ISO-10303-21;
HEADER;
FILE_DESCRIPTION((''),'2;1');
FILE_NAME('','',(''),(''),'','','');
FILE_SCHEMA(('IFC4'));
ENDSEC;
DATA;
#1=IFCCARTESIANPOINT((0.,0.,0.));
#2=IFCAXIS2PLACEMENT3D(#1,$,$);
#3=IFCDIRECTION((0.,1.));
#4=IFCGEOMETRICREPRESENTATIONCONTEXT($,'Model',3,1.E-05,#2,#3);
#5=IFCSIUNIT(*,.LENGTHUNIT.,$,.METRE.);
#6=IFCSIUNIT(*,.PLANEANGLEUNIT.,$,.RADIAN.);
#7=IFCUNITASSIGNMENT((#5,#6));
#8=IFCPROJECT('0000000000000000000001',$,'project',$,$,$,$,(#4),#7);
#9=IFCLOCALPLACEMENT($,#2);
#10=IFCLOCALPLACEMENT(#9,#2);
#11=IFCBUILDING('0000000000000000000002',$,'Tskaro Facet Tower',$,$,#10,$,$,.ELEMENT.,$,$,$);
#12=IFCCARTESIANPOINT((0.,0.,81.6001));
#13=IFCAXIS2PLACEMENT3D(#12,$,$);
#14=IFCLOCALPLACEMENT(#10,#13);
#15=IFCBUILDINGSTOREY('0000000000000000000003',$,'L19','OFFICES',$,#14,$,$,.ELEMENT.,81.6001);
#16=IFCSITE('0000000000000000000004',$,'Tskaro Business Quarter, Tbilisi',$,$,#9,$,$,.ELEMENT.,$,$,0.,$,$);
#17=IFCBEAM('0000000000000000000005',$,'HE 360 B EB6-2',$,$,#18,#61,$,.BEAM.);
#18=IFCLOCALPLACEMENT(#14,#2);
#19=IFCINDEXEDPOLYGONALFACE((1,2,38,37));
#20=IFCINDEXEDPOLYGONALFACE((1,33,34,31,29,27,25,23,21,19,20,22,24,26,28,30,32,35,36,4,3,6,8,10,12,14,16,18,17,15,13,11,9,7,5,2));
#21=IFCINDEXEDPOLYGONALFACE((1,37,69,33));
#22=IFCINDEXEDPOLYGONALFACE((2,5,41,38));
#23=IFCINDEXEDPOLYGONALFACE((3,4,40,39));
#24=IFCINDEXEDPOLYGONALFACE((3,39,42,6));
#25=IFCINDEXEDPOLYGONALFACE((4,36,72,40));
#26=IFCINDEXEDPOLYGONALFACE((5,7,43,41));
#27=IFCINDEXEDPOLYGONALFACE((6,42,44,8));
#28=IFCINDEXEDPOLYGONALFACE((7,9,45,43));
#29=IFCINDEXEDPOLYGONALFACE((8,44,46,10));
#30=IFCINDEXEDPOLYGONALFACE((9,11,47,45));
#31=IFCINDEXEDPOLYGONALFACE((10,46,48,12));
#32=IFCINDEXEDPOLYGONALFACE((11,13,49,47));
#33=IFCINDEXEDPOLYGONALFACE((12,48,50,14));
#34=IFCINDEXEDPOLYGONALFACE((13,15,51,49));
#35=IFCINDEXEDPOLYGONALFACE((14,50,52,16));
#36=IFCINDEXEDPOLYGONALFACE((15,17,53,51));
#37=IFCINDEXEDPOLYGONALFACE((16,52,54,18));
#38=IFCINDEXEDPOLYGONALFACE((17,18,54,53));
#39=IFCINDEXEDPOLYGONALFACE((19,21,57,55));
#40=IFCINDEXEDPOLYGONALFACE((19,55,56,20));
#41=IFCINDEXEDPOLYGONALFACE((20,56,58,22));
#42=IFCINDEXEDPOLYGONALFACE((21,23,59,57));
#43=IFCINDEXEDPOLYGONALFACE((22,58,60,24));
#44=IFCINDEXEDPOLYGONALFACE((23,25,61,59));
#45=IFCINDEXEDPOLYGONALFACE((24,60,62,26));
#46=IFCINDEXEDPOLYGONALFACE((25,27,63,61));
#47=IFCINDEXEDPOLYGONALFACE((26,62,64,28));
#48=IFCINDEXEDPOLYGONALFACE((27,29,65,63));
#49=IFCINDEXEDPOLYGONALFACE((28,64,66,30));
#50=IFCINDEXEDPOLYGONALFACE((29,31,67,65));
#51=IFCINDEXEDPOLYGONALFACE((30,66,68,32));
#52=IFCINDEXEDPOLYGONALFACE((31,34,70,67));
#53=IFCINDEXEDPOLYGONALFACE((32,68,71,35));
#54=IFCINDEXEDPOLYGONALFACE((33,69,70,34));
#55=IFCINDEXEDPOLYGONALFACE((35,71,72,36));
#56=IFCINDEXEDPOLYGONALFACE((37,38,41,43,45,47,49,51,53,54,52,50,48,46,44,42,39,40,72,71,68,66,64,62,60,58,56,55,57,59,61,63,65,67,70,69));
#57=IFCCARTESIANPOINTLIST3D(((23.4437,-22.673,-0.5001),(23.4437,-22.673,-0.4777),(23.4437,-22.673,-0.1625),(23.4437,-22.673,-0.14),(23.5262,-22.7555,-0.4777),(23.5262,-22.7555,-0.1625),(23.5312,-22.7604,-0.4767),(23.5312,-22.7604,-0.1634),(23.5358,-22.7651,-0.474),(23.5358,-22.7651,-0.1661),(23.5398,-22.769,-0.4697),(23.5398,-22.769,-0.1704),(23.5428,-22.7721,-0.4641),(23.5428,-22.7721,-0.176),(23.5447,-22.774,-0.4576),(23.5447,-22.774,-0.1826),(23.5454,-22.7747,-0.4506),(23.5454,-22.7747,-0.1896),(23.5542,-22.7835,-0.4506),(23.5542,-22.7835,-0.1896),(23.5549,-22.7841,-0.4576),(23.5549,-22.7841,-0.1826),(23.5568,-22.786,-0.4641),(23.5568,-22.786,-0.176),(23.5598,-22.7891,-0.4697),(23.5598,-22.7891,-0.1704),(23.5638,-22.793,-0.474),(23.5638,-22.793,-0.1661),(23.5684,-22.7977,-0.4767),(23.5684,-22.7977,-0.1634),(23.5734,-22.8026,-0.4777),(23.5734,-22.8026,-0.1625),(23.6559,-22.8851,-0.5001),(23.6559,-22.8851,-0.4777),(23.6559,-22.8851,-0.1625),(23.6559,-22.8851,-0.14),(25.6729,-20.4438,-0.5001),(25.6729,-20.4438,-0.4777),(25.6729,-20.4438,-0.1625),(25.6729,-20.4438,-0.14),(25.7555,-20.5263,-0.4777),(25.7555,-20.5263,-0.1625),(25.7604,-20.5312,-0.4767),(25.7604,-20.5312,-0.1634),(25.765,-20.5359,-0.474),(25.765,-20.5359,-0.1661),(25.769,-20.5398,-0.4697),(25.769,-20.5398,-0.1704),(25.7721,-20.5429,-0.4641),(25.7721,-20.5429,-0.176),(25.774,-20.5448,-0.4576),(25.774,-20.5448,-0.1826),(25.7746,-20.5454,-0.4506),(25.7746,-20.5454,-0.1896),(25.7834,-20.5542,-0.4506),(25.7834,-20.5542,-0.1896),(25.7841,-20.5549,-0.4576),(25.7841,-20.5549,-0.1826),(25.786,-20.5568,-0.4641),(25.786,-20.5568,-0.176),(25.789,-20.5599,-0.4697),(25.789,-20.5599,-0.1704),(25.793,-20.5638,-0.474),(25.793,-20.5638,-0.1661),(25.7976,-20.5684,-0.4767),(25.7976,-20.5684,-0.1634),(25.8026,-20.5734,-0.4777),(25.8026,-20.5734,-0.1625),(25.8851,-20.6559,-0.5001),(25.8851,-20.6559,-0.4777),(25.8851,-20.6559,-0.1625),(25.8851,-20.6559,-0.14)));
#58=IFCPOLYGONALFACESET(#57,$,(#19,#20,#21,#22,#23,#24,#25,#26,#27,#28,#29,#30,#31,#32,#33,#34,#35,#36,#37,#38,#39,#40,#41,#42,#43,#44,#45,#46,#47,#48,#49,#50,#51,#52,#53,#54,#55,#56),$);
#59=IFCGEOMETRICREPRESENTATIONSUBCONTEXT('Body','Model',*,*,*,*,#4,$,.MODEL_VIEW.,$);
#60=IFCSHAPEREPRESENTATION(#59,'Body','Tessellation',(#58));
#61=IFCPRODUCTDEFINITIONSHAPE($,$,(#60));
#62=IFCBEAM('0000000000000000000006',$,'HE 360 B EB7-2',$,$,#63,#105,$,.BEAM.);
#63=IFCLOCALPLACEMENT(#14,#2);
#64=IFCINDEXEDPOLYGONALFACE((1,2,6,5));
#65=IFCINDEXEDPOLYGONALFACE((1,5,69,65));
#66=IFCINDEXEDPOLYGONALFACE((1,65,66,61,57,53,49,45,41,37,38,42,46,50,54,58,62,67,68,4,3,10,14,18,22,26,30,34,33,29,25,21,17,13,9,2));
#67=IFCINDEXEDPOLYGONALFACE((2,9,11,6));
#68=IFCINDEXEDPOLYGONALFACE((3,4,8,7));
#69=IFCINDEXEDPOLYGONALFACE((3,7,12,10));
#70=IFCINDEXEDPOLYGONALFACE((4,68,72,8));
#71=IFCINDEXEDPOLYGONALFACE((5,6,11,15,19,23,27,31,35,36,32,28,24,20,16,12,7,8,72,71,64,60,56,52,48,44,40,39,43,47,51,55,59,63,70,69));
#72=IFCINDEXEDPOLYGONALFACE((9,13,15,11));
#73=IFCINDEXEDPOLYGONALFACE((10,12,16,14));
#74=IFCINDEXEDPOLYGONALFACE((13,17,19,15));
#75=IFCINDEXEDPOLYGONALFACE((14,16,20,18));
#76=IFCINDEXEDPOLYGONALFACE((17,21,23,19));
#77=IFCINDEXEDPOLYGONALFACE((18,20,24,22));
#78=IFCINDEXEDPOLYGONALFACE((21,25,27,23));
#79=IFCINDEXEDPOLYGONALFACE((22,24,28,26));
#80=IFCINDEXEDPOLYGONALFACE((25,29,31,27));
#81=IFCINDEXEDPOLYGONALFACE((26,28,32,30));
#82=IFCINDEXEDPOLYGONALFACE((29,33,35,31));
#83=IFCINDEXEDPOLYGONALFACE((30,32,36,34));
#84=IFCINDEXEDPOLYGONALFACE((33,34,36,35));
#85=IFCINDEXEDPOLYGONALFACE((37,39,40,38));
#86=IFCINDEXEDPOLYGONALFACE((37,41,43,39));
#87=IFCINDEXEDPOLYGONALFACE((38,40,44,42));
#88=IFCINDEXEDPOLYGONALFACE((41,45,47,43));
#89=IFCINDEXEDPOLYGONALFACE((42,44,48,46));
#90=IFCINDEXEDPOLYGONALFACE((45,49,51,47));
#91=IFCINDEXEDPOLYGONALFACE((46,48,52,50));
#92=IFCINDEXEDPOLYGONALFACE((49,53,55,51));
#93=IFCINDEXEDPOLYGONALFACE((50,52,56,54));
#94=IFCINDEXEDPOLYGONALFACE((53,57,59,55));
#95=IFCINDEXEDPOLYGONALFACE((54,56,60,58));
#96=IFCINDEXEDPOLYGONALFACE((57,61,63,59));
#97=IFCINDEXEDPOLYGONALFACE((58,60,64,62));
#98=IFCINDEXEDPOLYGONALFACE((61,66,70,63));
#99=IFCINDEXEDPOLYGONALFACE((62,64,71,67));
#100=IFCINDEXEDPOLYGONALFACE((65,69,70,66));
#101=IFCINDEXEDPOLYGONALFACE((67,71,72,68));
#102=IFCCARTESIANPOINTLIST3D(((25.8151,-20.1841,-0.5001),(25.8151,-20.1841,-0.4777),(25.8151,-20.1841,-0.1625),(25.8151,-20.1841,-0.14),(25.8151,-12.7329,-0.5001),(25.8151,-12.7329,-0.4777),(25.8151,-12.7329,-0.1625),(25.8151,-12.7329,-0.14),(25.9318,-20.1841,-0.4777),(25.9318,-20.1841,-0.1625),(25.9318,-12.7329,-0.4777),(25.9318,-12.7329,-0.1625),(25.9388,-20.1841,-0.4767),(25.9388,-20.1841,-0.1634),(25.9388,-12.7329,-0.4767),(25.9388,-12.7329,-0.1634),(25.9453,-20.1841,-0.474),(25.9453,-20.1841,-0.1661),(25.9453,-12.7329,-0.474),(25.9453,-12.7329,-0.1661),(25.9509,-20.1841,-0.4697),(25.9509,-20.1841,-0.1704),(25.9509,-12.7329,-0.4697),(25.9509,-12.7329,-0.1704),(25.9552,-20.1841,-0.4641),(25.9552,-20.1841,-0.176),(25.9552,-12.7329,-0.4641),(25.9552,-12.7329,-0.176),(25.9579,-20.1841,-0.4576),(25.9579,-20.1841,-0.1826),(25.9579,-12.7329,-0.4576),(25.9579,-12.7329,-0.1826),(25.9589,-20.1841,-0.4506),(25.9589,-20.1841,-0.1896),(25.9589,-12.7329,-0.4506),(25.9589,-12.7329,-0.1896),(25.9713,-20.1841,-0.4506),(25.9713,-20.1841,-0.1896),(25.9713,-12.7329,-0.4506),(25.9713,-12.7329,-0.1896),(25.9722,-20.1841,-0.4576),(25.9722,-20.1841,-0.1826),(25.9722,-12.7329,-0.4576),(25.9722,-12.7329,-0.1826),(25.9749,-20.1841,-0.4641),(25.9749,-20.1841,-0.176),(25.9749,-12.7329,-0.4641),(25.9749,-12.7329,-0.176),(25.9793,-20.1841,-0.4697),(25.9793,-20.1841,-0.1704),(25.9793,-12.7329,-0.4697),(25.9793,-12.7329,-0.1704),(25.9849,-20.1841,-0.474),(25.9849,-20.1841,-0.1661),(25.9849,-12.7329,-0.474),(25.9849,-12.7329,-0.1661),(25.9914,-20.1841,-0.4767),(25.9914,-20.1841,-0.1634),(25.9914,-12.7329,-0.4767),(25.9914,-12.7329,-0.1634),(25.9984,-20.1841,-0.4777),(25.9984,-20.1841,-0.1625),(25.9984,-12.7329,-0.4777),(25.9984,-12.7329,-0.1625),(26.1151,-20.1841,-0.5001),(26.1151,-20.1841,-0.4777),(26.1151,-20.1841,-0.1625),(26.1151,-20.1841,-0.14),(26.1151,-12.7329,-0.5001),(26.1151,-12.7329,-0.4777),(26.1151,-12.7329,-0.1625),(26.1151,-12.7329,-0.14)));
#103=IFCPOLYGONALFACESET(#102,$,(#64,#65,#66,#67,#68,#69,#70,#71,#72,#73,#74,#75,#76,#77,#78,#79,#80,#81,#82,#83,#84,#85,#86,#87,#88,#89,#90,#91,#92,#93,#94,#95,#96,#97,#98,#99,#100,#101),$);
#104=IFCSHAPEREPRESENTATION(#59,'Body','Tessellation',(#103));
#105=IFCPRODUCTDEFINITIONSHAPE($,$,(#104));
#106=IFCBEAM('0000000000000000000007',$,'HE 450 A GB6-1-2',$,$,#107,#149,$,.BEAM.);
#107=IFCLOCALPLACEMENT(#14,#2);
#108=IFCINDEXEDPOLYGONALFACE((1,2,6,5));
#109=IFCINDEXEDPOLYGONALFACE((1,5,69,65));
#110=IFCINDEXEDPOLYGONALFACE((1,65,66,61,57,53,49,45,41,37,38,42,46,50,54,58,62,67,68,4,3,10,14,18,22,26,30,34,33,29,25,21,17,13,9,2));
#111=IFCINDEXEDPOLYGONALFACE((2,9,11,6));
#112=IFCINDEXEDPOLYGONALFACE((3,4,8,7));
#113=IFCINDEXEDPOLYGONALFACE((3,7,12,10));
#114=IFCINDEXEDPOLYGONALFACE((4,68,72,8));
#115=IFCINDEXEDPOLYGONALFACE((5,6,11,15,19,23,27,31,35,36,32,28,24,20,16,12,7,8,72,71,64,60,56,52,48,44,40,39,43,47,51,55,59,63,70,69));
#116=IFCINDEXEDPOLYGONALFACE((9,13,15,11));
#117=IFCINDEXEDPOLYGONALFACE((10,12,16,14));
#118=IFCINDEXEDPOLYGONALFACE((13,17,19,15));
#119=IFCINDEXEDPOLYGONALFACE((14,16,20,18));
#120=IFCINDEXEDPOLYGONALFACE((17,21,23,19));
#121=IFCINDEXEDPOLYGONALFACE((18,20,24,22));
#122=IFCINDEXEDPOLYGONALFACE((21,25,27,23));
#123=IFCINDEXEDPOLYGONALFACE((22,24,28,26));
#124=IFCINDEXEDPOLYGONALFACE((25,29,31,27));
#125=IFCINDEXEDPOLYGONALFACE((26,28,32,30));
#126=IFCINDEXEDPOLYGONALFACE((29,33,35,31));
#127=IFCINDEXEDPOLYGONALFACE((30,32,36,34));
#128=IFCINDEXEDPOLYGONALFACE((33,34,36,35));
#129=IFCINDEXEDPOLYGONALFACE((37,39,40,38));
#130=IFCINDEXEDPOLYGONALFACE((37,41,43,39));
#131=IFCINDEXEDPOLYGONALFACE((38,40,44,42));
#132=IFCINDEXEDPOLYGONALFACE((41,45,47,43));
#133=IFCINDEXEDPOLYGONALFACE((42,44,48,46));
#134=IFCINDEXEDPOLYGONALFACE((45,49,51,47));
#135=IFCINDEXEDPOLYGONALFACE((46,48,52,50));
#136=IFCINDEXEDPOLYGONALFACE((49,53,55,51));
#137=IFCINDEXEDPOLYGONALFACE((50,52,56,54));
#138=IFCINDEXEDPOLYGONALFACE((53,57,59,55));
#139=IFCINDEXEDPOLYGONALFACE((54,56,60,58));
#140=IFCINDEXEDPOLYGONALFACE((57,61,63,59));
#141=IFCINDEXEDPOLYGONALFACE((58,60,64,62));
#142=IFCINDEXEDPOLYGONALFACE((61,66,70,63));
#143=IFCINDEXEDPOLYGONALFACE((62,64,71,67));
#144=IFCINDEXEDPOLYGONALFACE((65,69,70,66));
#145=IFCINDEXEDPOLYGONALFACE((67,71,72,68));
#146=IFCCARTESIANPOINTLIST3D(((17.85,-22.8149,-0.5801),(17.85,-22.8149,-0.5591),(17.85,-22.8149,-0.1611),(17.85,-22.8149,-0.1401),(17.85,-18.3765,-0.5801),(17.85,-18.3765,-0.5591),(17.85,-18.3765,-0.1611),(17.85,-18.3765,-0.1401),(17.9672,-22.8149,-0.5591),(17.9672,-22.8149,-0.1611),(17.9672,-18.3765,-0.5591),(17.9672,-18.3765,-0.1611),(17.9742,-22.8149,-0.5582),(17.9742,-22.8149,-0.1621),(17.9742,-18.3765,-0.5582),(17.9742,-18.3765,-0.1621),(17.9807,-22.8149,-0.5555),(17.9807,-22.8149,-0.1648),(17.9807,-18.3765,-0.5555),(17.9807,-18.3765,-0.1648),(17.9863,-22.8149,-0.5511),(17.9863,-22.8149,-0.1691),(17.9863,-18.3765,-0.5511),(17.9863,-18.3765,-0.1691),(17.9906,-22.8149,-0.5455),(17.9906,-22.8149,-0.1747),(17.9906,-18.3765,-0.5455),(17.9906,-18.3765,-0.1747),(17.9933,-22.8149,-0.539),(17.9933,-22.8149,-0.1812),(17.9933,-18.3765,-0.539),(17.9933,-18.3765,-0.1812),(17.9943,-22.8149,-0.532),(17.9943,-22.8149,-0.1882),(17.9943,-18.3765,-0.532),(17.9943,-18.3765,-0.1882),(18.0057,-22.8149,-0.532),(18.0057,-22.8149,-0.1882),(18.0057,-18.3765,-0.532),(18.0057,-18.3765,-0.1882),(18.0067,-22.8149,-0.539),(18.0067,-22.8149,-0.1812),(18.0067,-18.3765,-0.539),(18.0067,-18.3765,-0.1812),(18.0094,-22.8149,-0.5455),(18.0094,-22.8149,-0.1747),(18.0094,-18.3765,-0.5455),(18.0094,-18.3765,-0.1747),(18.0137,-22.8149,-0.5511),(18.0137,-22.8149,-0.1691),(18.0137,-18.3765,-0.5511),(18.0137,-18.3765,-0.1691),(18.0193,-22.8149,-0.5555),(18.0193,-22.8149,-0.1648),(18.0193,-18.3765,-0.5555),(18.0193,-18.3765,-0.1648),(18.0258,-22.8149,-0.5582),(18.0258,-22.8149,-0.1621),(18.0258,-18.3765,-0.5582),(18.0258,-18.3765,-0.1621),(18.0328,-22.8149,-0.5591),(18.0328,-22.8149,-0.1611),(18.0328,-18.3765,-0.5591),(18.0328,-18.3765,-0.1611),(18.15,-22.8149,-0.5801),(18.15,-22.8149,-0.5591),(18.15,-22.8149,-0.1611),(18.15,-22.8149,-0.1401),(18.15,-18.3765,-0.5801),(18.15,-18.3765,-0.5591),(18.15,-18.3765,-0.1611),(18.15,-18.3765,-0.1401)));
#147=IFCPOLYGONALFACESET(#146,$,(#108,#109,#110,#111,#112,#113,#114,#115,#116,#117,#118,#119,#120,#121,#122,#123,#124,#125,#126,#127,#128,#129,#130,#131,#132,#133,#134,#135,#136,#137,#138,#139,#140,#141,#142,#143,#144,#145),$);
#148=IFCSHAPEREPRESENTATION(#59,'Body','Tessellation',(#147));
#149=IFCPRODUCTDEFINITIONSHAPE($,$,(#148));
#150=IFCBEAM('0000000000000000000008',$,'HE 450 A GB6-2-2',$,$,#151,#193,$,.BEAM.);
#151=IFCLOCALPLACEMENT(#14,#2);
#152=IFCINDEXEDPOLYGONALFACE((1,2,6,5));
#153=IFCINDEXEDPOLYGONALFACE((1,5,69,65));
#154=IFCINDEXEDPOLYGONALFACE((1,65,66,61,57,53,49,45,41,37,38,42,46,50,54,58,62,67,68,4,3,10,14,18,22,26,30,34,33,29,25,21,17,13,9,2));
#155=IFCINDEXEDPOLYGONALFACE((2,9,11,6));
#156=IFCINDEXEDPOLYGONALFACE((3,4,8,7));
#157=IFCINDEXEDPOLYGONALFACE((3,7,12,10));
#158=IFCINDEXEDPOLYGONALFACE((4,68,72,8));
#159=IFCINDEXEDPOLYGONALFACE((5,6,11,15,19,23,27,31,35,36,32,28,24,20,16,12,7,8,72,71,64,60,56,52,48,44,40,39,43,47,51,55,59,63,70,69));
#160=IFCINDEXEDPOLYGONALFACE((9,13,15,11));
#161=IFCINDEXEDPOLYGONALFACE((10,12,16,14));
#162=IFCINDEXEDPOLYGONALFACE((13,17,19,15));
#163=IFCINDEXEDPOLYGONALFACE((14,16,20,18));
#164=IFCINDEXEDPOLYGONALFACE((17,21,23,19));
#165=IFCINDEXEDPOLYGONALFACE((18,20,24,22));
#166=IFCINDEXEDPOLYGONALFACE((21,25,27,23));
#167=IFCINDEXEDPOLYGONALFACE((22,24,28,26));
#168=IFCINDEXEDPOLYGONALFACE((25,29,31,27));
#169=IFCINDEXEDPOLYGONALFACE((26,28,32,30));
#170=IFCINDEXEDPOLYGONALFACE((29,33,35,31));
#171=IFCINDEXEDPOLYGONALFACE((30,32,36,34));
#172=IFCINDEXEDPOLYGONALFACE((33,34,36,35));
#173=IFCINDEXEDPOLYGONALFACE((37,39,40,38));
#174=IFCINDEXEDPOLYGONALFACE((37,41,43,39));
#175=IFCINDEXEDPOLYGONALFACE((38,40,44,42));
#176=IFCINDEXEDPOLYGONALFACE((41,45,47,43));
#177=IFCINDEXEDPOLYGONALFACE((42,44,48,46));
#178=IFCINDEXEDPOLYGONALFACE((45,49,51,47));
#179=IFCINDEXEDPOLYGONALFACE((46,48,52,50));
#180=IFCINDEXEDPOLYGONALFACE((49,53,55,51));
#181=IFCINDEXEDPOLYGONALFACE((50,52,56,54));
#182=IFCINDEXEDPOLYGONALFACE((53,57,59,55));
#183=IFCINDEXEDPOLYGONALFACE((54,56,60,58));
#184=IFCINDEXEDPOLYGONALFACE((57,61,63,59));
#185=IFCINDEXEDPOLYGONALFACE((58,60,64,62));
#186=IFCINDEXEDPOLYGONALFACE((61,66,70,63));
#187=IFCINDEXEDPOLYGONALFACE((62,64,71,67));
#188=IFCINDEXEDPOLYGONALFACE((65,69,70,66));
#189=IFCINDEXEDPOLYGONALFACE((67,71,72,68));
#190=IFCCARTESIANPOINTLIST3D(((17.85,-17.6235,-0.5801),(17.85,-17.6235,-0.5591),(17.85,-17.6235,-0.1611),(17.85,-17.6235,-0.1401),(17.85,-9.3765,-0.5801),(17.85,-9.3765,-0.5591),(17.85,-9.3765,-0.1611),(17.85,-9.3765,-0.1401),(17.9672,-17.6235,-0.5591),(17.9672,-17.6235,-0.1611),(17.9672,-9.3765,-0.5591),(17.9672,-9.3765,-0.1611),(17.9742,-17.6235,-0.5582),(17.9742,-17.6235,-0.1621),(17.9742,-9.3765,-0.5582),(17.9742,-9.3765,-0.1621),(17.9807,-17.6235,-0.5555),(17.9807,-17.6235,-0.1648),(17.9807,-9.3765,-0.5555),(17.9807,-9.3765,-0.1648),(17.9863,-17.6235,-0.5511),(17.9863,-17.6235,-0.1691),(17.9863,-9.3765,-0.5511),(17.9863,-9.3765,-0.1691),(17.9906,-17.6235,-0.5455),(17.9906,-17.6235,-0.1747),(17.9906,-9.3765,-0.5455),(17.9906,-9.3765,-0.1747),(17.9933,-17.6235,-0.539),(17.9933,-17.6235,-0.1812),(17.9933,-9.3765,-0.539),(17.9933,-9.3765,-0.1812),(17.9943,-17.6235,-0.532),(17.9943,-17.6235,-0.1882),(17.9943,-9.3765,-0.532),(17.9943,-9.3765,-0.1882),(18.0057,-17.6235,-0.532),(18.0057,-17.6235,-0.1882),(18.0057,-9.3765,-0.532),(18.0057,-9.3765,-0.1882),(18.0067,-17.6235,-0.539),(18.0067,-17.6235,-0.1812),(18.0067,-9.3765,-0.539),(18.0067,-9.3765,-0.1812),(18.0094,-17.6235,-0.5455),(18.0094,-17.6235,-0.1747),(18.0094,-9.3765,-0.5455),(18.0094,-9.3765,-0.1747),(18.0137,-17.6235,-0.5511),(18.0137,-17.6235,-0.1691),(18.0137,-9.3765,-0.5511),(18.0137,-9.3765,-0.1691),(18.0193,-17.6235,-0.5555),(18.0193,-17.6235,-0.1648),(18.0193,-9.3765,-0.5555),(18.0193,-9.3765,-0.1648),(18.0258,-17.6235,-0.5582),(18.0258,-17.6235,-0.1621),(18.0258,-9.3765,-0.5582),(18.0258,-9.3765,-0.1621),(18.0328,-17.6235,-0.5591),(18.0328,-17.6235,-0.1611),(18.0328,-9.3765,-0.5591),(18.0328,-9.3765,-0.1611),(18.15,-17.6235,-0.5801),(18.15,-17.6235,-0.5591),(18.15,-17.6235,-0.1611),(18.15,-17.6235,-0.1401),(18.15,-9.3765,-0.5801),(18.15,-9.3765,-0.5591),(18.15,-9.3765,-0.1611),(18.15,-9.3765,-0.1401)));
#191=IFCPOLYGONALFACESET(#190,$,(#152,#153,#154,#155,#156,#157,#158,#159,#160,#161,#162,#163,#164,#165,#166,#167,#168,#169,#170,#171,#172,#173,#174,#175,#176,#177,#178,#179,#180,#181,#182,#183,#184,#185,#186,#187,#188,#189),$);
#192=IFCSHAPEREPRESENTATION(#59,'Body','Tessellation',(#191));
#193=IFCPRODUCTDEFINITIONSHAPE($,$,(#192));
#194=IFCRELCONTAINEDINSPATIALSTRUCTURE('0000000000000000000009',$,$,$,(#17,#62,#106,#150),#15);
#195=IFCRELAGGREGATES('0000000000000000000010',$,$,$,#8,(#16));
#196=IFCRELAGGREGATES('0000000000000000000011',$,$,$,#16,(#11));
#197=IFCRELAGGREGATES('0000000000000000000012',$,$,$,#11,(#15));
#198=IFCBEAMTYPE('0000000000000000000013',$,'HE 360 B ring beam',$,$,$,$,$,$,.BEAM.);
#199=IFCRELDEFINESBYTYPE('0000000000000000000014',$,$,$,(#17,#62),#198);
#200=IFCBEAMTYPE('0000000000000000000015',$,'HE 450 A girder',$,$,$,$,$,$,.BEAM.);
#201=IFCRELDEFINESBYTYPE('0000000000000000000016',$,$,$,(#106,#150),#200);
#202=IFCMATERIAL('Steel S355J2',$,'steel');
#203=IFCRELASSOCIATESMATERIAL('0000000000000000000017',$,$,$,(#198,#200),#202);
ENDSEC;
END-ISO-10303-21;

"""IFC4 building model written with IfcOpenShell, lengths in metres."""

from ifc_helpers import new_model, si_unit, direction, frame, origin, origin_2d, place, context, subcontext, project, spatial, i_section, extrude, material, material_profile, profile_set, type_object, element, save


model = new_model("IFC4")

# Units and contexts
model_context = context("Model", 3, precision=1e-05, world=origin(), true_north=direction((0.0, 1.0)))
body_context = subcontext(model_context, "Body", "Model", "MODEL_VIEW")
ifc_project = project(units=[si_unit("LENGTHUNIT", "METRE"), si_unit("PLANEANGLEUNIT", "RADIAN")], contexts=[model_context])

# Site, building, storey
site_placement = place(None, origin())
site = spatial("IfcSite", under=ifc_project, at=site_placement, Name="Tskaro Business Quarter, Tbilisi", CompositionType="ELEMENT", RefElevation=0.0)
building_placement = place(site_placement, origin())
building = spatial("IfcBuilding", under=site, at=building_placement, Name="Tskaro Facet Tower", CompositionType="ELEMENT")
storey_placement = place(building_placement, frame((0.0, 0.0, 81.6001)))
storey = spatial("IfcBuildingStorey", under=building, at=storey_placement, Name="L19", Description="OFFICES", CompositionType="ELEMENT", Elevation=81.6001)

# Beams
ifc_material_1 = material(Name="Steel S355J2", Category="steel")
ifc_material_profile_1 = material_profile(ifc_material_1, i_section(OverallWidth=0.3, OverallDepth=0.3601, WebThickness=0.0125, FlangeThickness=0.0225, FilletRadius=0.0271, at=origin_2d()), Name="HE 360 B")
ifc_profile_set_1 = profile_set([ifc_material_profile_1], Name="Steel S355J2")
beam_type_1 = type_object("IfcBeamType", Name="HE 360 B ring beam", PredefinedType="BEAM", material=ifc_profile_set_1)
beam_1_placement = place(storey_placement, frame((23.5498, -22.7791, -0.3201), z_axis=(0.707107, 0.707107, 0.0), x_axis=(-0.707107, 0.707107, 0.0)))
element("IfcBeam", 1, at=beam_1_placement, inside=storey, type_object=beam_type_1, Name="HE 360 B EB6-2", PredefinedType="BEAM", context=body_context, shape_type="SweptSolid", body=[
    extrude(i_section(OverallWidth=0.3, OverallDepth=0.3601, WebThickness=0.0125, FlangeThickness=0.0225, FilletRadius=0.0271, at=origin_2d()), origin(), (0.0, 0.0, 1.0), 3.1526),
])
beam_2_placement = place(storey_placement, frame((25.9651, -20.1841, -0.3201), z_axis=(0.0, 1.0, 0.0), x_axis=(-1.0, 0.0, 0.0)))
element("IfcBeam", 2, at=beam_2_placement, inside=storey, type_object=beam_type_1, Name="HE 360 B EB7-2", PredefinedType="BEAM", context=body_context, shape_type="SweptSolid", body=[
    extrude(i_section(OverallWidth=0.3, OverallDepth=0.3601, WebThickness=0.0125, FlangeThickness=0.0225, FilletRadius=0.0271, at=origin_2d()), origin(), (0.0, 0.0, 1.0), 7.4512),
])
ifc_material_profile_2 = material_profile(ifc_material_1, i_section(OverallWidth=0.3, OverallDepth=0.4399, WebThickness=0.0115, FlangeThickness=0.021, FilletRadius=0.0271, at=origin_2d()), Name="HE 450 A")
ifc_profile_set_2 = profile_set([ifc_material_profile_2], Name="Steel S355J2")
beam_type_2 = type_object("IfcBeamType", Name="HE 450 A girder", PredefinedType="BEAM", material=ifc_profile_set_2)
beam_3_placement = place(storey_placement, frame((18.0, -22.8149, -0.3601), z_axis=(0.0, 1.0, 0.0), x_axis=(-1.0, 0.0, 0.0)))
element("IfcBeam", 3, at=beam_3_placement, inside=storey, type_object=beam_type_2, Name="HE 450 A GB6-1-2", PredefinedType="BEAM", context=body_context, shape_type="SweptSolid", body=[
    extrude(i_section(OverallWidth=0.3, OverallDepth=0.4399, WebThickness=0.0115, FlangeThickness=0.021, FilletRadius=0.0271, at=origin_2d()), origin(), (0.0, 0.0, 1.0), 4.4385),
])
beam_4_placement = place(storey_placement, frame((18.0, -17.6235, -0.3601), z_axis=(0.0, 1.0, 0.0), x_axis=(-1.0, 0.0, 0.0)))
element("IfcBeam", 4, at=beam_4_placement, inside=storey, type_object=beam_type_2, Name="HE 450 A GB6-2-2", PredefinedType="BEAM", context=body_context, shape_type="SweptSolid", body=[
    extrude(i_section(OverallWidth=0.3, OverallDepth=0.4399, WebThickness=0.0115, FlangeThickness=0.021, FilletRadius=0.0271, at=origin_2d()), origin(), (0.0, 0.0, 1.0), 8.2471),
])

save(model, "model.ifc")
